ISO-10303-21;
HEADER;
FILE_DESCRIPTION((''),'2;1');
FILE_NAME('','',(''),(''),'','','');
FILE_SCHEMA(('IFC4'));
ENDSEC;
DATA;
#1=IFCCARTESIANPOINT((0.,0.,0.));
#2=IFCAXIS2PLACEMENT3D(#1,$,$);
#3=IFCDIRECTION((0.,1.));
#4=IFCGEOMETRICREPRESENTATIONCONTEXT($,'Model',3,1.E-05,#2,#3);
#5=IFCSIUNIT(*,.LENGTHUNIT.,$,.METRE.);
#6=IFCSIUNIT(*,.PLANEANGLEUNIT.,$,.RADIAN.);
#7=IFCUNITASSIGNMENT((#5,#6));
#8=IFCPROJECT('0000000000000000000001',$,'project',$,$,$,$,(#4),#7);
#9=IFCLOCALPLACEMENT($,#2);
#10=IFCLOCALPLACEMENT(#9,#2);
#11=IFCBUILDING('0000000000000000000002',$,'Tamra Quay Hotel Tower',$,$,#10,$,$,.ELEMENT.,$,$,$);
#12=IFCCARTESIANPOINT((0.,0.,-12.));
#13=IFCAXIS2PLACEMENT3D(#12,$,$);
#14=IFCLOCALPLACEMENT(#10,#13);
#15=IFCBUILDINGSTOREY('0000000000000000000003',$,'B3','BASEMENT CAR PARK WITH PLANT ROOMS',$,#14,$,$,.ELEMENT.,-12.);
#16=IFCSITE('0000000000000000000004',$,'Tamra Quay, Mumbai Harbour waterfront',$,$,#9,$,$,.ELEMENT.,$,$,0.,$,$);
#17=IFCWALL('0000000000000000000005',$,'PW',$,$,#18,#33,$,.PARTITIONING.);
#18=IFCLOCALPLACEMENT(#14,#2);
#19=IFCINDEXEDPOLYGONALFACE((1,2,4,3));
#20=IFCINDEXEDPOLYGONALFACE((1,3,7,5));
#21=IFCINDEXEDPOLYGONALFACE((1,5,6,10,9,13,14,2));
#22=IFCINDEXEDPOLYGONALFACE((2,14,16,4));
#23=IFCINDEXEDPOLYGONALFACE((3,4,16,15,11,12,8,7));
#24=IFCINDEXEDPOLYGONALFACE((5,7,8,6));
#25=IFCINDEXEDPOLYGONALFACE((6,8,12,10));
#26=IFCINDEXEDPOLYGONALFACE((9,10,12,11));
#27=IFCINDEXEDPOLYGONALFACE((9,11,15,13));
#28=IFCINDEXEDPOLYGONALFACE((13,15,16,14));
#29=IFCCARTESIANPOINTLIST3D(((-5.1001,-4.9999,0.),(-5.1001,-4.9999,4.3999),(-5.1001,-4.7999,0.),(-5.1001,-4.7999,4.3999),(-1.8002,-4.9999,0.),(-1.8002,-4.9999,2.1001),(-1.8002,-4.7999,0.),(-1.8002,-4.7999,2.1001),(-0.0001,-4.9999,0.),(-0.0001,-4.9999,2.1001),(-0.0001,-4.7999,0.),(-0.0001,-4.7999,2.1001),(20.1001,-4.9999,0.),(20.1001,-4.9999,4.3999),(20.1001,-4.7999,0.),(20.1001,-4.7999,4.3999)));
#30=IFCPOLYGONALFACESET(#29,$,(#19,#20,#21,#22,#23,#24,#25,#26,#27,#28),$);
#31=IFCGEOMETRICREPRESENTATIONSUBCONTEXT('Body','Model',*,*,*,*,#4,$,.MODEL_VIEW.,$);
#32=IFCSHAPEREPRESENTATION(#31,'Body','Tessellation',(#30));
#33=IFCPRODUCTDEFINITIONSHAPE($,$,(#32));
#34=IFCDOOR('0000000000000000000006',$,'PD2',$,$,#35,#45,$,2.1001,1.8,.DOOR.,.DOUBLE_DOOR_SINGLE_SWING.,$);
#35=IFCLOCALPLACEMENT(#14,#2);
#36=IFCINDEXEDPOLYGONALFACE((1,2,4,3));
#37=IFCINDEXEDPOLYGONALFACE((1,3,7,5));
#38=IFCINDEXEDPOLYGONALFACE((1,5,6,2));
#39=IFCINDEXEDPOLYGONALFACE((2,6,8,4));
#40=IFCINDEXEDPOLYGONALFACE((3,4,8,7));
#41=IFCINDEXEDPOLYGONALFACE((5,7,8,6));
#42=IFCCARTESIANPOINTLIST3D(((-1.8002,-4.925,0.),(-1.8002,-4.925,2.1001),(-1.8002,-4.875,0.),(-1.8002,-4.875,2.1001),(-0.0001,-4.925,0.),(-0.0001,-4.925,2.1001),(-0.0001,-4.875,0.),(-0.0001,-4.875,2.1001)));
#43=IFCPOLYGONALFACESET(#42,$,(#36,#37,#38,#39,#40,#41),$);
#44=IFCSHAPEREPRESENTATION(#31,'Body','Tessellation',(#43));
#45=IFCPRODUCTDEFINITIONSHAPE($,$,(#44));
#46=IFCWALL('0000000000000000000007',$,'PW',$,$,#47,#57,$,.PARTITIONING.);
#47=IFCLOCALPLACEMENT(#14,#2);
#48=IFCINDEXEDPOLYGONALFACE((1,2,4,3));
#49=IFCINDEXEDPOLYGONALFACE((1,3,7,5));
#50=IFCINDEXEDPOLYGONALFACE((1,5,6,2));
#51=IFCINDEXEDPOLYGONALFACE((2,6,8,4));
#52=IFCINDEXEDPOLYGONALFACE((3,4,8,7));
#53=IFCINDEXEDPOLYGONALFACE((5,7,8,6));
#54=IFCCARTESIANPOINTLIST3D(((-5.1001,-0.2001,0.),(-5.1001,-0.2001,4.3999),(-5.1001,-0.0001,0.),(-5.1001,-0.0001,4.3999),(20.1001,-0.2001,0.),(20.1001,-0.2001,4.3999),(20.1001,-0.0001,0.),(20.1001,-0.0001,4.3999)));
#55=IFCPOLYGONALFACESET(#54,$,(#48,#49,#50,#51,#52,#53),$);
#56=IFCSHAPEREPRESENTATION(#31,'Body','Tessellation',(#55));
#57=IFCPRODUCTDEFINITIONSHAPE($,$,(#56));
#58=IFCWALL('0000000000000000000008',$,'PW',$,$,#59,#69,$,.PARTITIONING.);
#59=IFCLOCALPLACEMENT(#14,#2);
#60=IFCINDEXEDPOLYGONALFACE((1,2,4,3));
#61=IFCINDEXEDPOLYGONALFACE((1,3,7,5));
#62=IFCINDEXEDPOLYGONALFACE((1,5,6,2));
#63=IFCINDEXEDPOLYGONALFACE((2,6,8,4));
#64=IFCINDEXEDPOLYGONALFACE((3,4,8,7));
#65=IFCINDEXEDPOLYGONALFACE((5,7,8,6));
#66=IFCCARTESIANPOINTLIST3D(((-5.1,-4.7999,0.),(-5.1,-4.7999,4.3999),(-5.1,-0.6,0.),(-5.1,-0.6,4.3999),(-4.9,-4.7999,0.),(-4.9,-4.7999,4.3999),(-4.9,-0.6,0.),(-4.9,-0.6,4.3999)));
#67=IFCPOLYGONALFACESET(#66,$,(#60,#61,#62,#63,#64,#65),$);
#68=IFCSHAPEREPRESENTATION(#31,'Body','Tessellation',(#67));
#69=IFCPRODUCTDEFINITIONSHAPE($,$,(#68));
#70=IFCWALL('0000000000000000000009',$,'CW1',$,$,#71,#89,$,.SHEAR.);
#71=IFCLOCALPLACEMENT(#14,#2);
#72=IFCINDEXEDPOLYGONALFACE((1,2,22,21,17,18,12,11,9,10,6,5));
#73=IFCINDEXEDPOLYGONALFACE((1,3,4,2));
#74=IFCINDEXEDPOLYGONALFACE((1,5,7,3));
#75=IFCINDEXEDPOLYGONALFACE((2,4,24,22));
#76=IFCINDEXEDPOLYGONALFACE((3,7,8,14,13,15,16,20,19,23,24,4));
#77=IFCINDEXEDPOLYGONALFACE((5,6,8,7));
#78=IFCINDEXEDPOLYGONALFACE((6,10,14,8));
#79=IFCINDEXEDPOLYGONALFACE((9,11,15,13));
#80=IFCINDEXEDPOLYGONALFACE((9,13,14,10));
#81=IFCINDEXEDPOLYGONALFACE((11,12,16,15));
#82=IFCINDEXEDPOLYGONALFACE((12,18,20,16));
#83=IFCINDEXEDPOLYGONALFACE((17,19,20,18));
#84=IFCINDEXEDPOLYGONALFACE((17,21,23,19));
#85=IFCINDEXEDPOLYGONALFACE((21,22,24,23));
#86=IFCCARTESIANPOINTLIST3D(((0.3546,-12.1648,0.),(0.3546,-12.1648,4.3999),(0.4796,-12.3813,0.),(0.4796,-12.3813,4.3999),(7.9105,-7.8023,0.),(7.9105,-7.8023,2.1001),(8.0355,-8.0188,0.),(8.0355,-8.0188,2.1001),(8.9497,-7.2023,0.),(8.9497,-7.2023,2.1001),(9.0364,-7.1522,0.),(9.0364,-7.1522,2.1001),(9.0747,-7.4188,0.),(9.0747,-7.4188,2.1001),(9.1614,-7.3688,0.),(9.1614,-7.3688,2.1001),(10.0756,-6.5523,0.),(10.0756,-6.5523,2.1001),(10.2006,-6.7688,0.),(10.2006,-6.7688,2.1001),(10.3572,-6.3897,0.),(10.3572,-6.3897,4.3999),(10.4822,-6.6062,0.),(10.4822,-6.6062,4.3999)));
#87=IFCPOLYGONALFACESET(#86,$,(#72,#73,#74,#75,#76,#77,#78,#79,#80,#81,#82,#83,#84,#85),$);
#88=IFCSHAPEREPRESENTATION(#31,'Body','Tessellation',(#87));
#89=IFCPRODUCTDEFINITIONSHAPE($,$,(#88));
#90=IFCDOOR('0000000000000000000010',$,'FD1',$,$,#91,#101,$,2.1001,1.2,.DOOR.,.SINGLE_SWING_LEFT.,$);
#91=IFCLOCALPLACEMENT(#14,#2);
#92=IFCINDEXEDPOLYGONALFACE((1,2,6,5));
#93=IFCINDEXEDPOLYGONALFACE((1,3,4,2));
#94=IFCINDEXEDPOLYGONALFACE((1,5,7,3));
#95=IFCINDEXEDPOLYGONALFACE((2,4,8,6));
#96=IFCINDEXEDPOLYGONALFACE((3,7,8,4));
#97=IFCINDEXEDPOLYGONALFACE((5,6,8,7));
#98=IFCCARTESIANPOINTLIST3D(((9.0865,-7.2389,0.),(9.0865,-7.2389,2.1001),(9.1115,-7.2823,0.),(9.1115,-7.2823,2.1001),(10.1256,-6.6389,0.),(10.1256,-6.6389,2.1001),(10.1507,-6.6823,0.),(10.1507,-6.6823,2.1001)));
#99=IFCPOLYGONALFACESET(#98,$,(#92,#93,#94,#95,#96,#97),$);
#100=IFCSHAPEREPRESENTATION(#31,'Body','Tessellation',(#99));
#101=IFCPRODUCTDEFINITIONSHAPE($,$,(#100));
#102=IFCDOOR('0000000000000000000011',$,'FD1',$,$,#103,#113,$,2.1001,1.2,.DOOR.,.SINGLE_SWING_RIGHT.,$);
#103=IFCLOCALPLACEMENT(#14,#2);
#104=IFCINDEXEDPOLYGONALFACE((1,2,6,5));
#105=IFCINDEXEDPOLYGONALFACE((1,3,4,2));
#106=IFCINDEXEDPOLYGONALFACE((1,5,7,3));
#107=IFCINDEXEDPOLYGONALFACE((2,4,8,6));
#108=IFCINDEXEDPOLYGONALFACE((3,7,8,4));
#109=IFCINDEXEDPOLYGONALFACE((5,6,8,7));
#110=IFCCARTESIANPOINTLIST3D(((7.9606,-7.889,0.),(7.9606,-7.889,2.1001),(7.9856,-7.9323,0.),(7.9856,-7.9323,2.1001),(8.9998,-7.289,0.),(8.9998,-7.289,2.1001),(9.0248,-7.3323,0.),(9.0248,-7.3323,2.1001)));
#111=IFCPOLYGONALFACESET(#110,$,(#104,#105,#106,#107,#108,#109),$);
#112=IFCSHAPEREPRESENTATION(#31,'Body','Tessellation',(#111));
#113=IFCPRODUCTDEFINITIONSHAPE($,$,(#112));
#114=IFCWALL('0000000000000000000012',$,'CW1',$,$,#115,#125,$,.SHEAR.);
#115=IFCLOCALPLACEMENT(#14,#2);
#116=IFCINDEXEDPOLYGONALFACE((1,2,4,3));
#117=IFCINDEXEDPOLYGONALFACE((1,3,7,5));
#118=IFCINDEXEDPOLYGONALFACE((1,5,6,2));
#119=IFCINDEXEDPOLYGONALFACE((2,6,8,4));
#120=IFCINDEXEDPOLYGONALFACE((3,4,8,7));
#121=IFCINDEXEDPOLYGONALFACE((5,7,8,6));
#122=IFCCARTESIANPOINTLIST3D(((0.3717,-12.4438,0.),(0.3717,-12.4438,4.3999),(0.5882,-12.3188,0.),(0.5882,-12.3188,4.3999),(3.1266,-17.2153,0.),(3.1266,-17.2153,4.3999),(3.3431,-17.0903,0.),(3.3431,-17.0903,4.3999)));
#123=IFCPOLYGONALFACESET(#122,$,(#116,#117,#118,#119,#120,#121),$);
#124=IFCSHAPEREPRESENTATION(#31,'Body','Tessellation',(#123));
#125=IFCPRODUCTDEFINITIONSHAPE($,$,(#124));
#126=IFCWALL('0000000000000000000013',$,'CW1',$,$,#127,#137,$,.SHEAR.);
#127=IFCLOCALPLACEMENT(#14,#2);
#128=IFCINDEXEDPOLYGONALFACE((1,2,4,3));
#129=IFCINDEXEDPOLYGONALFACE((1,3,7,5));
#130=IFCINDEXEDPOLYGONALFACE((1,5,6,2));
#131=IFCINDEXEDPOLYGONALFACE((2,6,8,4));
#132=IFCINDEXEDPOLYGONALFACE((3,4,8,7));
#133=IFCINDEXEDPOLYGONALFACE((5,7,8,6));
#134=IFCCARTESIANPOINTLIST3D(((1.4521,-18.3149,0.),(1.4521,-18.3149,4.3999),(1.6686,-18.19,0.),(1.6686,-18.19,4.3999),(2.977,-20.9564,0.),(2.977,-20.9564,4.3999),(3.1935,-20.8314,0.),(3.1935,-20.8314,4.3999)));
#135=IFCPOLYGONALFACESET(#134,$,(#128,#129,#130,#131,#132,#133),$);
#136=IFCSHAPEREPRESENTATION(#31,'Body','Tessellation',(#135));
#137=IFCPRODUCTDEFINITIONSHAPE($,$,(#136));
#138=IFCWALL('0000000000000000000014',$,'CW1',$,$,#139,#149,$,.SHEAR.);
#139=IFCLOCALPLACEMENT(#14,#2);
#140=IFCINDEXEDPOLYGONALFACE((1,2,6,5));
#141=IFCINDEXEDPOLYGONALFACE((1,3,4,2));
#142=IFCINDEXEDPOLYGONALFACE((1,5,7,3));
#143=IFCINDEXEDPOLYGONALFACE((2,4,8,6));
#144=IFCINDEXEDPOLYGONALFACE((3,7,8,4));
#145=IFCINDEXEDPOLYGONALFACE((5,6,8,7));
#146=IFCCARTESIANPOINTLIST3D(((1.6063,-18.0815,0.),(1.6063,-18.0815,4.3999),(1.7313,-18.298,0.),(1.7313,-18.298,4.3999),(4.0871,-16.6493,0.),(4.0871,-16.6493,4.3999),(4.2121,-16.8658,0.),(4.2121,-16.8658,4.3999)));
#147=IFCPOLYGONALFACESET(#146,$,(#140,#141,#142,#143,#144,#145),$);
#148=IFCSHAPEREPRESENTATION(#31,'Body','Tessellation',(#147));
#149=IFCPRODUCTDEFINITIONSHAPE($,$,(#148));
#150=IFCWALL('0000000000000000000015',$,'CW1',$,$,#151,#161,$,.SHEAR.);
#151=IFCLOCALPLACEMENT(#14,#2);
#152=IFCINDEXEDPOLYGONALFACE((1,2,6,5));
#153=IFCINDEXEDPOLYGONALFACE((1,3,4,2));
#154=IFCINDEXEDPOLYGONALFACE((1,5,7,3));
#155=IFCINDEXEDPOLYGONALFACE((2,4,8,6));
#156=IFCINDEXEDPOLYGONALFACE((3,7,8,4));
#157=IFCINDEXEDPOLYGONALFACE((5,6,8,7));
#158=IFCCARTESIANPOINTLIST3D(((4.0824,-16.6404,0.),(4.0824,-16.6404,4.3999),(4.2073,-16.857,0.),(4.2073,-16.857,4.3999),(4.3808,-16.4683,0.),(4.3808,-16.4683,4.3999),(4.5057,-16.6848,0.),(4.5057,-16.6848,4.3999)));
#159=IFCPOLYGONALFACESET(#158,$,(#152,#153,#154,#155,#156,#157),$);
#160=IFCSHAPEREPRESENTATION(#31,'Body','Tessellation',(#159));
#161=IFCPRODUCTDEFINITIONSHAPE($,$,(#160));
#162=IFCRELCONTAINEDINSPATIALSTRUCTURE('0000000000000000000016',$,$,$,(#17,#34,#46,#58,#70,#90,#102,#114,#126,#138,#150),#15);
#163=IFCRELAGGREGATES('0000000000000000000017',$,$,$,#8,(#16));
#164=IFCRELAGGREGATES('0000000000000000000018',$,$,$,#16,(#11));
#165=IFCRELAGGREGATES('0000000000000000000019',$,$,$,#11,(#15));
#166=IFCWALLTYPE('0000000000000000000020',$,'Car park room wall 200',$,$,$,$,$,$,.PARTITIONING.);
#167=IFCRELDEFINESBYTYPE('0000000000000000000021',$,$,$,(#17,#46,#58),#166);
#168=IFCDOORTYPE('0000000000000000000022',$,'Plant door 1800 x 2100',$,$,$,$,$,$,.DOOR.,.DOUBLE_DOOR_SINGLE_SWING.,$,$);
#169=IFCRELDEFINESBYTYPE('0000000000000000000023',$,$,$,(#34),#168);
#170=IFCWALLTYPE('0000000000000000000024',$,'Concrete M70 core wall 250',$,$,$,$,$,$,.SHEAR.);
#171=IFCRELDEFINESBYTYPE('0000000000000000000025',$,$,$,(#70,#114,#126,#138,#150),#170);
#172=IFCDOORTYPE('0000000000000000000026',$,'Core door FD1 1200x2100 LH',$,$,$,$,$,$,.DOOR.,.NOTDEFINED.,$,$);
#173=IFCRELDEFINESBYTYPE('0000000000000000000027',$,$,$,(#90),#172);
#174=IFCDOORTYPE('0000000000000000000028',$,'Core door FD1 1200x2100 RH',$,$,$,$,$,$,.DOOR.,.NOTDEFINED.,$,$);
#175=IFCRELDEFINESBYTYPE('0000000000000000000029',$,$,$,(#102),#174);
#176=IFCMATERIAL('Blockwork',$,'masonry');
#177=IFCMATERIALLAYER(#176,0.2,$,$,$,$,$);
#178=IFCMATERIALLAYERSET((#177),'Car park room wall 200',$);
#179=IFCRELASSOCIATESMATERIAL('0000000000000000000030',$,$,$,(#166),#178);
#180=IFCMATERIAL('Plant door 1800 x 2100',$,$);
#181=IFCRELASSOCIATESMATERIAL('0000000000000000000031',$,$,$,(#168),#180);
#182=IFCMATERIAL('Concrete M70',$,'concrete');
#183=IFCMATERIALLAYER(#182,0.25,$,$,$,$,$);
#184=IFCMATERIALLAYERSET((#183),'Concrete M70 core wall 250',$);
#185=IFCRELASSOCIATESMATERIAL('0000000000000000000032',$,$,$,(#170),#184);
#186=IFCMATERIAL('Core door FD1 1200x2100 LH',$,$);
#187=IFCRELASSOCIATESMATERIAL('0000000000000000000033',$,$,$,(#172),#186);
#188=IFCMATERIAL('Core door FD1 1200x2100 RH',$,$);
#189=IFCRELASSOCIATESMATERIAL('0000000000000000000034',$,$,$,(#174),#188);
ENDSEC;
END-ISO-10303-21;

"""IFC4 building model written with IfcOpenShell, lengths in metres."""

from ifc_helpers import new_model, si_unit, direction, frame, frame_2d, origin, place, context, subcontext, project, spatial, rectangle, extrude, material, layer, layer_set, type_object, element, fill, save


model = new_model("IFC4")

# Units and contexts
model_context = context("Model", 3, precision=1e-05, world=origin(), true_north=direction((0.0, 1.0)))
body_context = subcontext(model_context, "Body", "Model", "MODEL_VIEW")
ifc_project = project(units=[si_unit("LENGTHUNIT", "METRE"), si_unit("PLANEANGLEUNIT", "RADIAN")], contexts=[model_context])

# Site, building, storey
site_placement = place(None, origin())
site = spatial("IfcSite", under=ifc_project, at=site_placement, Name="Tamra Quay, Mumbai Harbour waterfront", CompositionType="ELEMENT", RefElevation=0.0)
building_placement = place(site_placement, origin())
building = spatial("IfcBuilding", under=site, at=building_placement, Name="Tamra Quay Hotel Tower", CompositionType="ELEMENT")
storey_placement = place(building_placement, frame((0.0, 0.0, -12.0)))
storey = spatial("IfcBuildingStorey", under=building, at=storey_placement, Name="B3", Description="BASEMENT CAR PARK WITH PLANT ROOMS", CompositionType="ELEMENT", Elevation=-12.0)

# Shared definitions
ifc_material_1 = material(Name="Concrete M70", Category="concrete")

# Shared definitions
ifc_material_2 = material(Name="Blockwork", Category="masonry")
ifc_layer_1 = layer(ifc_material_2, 0.2)
ifc_layer_set_1 = layer_set([ifc_layer_1], Name="Car park room wall 200")
wall_type_1 = type_object("IfcWallType", Name="Car park room wall 200", PredefinedType="PARTITIONING", material=ifc_layer_set_1)

# Wall, opening, door
wall_1_placement = place(storey_placement, frame((-5.1001, -4.8999, 0.0), z_axis=(0.0, 0.0, 1.0), x_axis=(1.0, 0.0, 0.0)))
wall_1 = element("IfcWall", 1, at=wall_1_placement, inside=storey, type_object=wall_type_1, Name="PW", PredefinedType="PARTITIONING", context=body_context, shape_type="SweptSolid", body=[
    extrude(rectangle(XDim=25.2002, YDim=0.2, at=frame_2d((12.6001, 0.0))), origin(), (0.0, 0.0, 1.0), 4.3999),
])
opening_1_placement = place(wall_1_placement, frame((3.3, 0.0, 0.0)))
opening_1 = element("IfcOpeningElement", 2, at=opening_1_placement, cuts=wall_1, PredefinedType="OPENING", context=body_context, shape_type="SweptSolid", body=[
    extrude(rectangle(XDim=1.8, YDim=2.1001, at=frame_2d((0.8999, 1.05))), frame((0.0, 0.1099, 0.0), z_axis=(0.0, -1.0, 0.0), x_axis=(1.0, 0.0, 0.0)), (0.0, 0.0, 1.0), 0.22),
])
ifc_material_3 = material(Name="Plant door 1800 x 2100")
door_type_1 = type_object("IfcDoorType", Name="Plant door 1800 x 2100", OperationType="DOUBLE_DOOR_SINGLE_SWING", PredefinedType="DOOR", material=ifc_material_3)
door_1_placement = place(opening_1_placement, origin())
door_1 = element("IfcDoor", 3, at=door_1_placement, inside=storey, type_object=door_type_1, Name="PD2", OperationType="DOUBLE_DOOR_SINGLE_SWING", OverallHeight=2.1001, OverallWidth=1.8, PredefinedType="DOOR", context=body_context, shape_type="SweptSolid", body=[
    extrude(rectangle(XDim=1.8, YDim=2.1001, at=frame_2d((0.8999, 1.05))), frame((0.0, 0.0249, 0.0), z_axis=(0.0, -1.0, 0.0), x_axis=(1.0, 0.0, 0.0)), (0.0, 0.0, 1.0), 0.05),
])
fill(opening_1, door_1)

# Walls
wall_2_placement = place(storey_placement, frame((-5.1001, -0.1001, 0.0), z_axis=(0.0, 0.0, 1.0), x_axis=(1.0, 0.0, 0.0)))
element("IfcWall", 4, at=wall_2_placement, inside=storey, type_object=wall_type_1, Name="PW", PredefinedType="PARTITIONING", context=body_context, shape_type="SweptSolid", body=[
    extrude(rectangle(XDim=25.2002, YDim=0.2, at=frame_2d((12.6001, 0.0))), origin(), (0.0, 0.0, 1.0), 4.3999),
])
wall_3_placement = place(storey_placement, frame((-5.0, -4.8, 0.0), z_axis=(0.0, 0.0, 1.0), x_axis=(0.0, 1.0, 0.0)))
element("IfcWall", 5, at=wall_3_placement, inside=storey, type_object=wall_type_1, Name="PW", PredefinedType="PARTITIONING", context=body_context, shape_type="SweptSolid", body=[
    extrude(rectangle(XDim=4.2, YDim=0.2, at=frame_2d((2.1001, 0.0))), origin(), (0.0, 0.0, 1.0), 4.3999),
])

# Wall, openings, doors
ifc_layer_2 = layer(ifc_material_1, 0.25)
ifc_layer_set_2 = layer_set([ifc_layer_2], Name="Concrete M70 core wall 250")
wall_type_2 = type_object("IfcWallType", Name="Concrete M70 core wall 250", PredefinedType="SHEAR", material=ifc_layer_set_2)
wall_4_placement = place(storey_placement, frame((0.4172, -12.2729, 0.0), z_axis=(0.0, 0.0, 1.0), x_axis=(0.866022, 0.500006, 0.0)))
wall_4 = element("IfcWall", 6, at=wall_4_placement, inside=storey, type_object=wall_type_2, Name="CW1", PredefinedType="SHEAR", context=body_context, shape_type="SweptSolid", body=[
    extrude(rectangle(XDim=11.55, YDim=0.25, at=frame_2d((5.7749, 0.0))), origin(), (0.0, 0.0, 1.0), 4.3999),
])
opening_2_placement = place(wall_4_placement, frame((10.0247, 0.0, 0.0)))
opening_2 = element("IfcOpeningElement", 7, at=opening_2_placement, cuts=wall_4, PredefinedType="OPENING", context=body_context, shape_type="SweptSolid", body=[
    extrude(rectangle(XDim=1.2, YDim=2.1001, at=frame_2d((0.6001, 1.05))), frame((0.0, 0.135, 0.0), z_axis=(0.0, -1.0, 0.0), x_axis=(1.0, 0.0, 0.0)), (0.0, 0.0, 1.0), 0.27),
])
opening_3_placement = place(wall_4_placement, frame((8.7246, 0.0, 0.0)))
opening_3 = element("IfcOpeningElement", 8, at=opening_3_placement, cuts=wall_4, PredefinedType="OPENING", context=body_context, shape_type="SweptSolid", body=[
    extrude(rectangle(XDim=1.2, YDim=2.1001, at=frame_2d((0.6001, 1.05))), frame((0.0, 0.135, 0.0), z_axis=(0.0, -1.0, 0.0), x_axis=(1.0, 0.0, 0.0)), (0.0, 0.0, 1.0), 0.27),
])
ifc_material_4 = material(Name="Core door FD1 1200x2100 LH")
door_type_2 = type_object("IfcDoorType", Name="Core door FD1 1200x2100 LH", OperationType="NOTDEFINED", PredefinedType="DOOR", material=ifc_material_4)
door_2_placement = place(opening_2_placement, origin())
door_2 = element("IfcDoor", 9, at=door_2_placement, inside=storey, type_object=door_type_2, Name="FD1", OperationType="SINGLE_SWING_LEFT", OverallHeight=2.1001, OverallWidth=1.2, PredefinedType="DOOR", context=body_context, shape_type="SweptSolid", body=[
    extrude(rectangle(XDim=1.2, YDim=2.1001, at=frame_2d((0.6001, 1.05))), frame((0.0, 0.0249, 0.0), z_axis=(0.0, -1.0, 0.0), x_axis=(1.0, 0.0, 0.0)), (0.0, 0.0, 1.0), 0.05),
])
fill(opening_2, door_2)
ifc_material_5 = material(Name="Core door FD1 1200x2100 RH")
door_type_3 = type_object("IfcDoorType", Name="Core door FD1 1200x2100 RH", OperationType="NOTDEFINED", PredefinedType="DOOR", material=ifc_material_5)
door_3_placement = place(opening_3_placement, origin())
door_3 = element("IfcDoor", 10, at=door_3_placement, inside=storey, type_object=door_type_3, Name="FD1", OperationType="SINGLE_SWING_RIGHT", OverallHeight=2.1001, OverallWidth=1.2, PredefinedType="DOOR", context=body_context, shape_type="SweptSolid", body=[
    extrude(rectangle(XDim=1.2, YDim=2.1001, at=frame_2d((0.6001, 1.05))), frame((0.0, 0.0249, 0.0), z_axis=(0.0, -1.0, 0.0), x_axis=(1.0, 0.0, 0.0)), (0.0, 0.0, 1.0), 0.05),
])
fill(opening_3, door_3)

# Walls
wall_5_placement = place(storey_placement, frame((3.2349, -17.1528, 0.0), z_axis=(0.0, 0.0, 1.0), x_axis=(-0.500009, 0.86602, 0.0)))
element("IfcWall", 11, at=wall_5_placement, inside=storey, type_object=wall_type_2, Name="CW1", PredefinedType="SHEAR", context=body_context, shape_type="SweptSolid", body=[
    extrude(rectangle(XDim=5.5098, YDim=0.25, at=frame_2d((2.7549, 0.0))), origin(), (0.0, 0.0, 1.0), 4.3999),
])
wall_6_placement = place(storey_placement, frame((3.0852, -20.8938, 0.0), z_axis=(0.0, 0.0, 1.0), x_axis=(-0.499979, 0.866038, 0.0)))
element("IfcWall", 12, at=wall_6_placement, inside=storey, type_object=wall_type_2, Name="CW1", PredefinedType="SHEAR", context=body_context, shape_type="SweptSolid", body=[
    extrude(rectangle(XDim=3.05, YDim=0.25, at=frame_2d((1.5249, 0.0))), origin(), (0.0, 0.0, 1.0), 4.3999),
])
wall_7_placement = place(storey_placement, frame((1.6689, -18.1897, 0.0), z_axis=(0.0, 0.0, 1.0), x_axis=(0.866042, 0.499971, 0.0)))
element("IfcWall", 13, at=wall_7_placement, inside=storey, type_object=wall_type_2, Name="CW1", PredefinedType="SHEAR", context=body_context, shape_type="SweptSolid", body=[
    extrude(rectangle(XDim=2.8645, YDim=0.25, at=frame_2d((1.4321, 0.0))), origin(), (0.0, 0.0, 1.0), 4.3999),
])
wall_8_placement = place(storey_placement, frame((4.1448, -16.7488, 0.0), z_axis=(0.0, 0.0, 1.0), x_axis=(0.866186, 0.499722, 0.0)))
element("IfcWall", 14, at=wall_8_placement, inside=storey, type_object=wall_type_2, Name="CW1", PredefinedType="SHEAR", context=body_context, shape_type="SweptSolid", body=[
    extrude(rectangle(XDim=0.3445, YDim=0.25, at=frame_2d((0.1724, 0.0))), origin(), (0.0, 0.0, 1.0), 4.3999),
])

save(model, "model.ifc")
